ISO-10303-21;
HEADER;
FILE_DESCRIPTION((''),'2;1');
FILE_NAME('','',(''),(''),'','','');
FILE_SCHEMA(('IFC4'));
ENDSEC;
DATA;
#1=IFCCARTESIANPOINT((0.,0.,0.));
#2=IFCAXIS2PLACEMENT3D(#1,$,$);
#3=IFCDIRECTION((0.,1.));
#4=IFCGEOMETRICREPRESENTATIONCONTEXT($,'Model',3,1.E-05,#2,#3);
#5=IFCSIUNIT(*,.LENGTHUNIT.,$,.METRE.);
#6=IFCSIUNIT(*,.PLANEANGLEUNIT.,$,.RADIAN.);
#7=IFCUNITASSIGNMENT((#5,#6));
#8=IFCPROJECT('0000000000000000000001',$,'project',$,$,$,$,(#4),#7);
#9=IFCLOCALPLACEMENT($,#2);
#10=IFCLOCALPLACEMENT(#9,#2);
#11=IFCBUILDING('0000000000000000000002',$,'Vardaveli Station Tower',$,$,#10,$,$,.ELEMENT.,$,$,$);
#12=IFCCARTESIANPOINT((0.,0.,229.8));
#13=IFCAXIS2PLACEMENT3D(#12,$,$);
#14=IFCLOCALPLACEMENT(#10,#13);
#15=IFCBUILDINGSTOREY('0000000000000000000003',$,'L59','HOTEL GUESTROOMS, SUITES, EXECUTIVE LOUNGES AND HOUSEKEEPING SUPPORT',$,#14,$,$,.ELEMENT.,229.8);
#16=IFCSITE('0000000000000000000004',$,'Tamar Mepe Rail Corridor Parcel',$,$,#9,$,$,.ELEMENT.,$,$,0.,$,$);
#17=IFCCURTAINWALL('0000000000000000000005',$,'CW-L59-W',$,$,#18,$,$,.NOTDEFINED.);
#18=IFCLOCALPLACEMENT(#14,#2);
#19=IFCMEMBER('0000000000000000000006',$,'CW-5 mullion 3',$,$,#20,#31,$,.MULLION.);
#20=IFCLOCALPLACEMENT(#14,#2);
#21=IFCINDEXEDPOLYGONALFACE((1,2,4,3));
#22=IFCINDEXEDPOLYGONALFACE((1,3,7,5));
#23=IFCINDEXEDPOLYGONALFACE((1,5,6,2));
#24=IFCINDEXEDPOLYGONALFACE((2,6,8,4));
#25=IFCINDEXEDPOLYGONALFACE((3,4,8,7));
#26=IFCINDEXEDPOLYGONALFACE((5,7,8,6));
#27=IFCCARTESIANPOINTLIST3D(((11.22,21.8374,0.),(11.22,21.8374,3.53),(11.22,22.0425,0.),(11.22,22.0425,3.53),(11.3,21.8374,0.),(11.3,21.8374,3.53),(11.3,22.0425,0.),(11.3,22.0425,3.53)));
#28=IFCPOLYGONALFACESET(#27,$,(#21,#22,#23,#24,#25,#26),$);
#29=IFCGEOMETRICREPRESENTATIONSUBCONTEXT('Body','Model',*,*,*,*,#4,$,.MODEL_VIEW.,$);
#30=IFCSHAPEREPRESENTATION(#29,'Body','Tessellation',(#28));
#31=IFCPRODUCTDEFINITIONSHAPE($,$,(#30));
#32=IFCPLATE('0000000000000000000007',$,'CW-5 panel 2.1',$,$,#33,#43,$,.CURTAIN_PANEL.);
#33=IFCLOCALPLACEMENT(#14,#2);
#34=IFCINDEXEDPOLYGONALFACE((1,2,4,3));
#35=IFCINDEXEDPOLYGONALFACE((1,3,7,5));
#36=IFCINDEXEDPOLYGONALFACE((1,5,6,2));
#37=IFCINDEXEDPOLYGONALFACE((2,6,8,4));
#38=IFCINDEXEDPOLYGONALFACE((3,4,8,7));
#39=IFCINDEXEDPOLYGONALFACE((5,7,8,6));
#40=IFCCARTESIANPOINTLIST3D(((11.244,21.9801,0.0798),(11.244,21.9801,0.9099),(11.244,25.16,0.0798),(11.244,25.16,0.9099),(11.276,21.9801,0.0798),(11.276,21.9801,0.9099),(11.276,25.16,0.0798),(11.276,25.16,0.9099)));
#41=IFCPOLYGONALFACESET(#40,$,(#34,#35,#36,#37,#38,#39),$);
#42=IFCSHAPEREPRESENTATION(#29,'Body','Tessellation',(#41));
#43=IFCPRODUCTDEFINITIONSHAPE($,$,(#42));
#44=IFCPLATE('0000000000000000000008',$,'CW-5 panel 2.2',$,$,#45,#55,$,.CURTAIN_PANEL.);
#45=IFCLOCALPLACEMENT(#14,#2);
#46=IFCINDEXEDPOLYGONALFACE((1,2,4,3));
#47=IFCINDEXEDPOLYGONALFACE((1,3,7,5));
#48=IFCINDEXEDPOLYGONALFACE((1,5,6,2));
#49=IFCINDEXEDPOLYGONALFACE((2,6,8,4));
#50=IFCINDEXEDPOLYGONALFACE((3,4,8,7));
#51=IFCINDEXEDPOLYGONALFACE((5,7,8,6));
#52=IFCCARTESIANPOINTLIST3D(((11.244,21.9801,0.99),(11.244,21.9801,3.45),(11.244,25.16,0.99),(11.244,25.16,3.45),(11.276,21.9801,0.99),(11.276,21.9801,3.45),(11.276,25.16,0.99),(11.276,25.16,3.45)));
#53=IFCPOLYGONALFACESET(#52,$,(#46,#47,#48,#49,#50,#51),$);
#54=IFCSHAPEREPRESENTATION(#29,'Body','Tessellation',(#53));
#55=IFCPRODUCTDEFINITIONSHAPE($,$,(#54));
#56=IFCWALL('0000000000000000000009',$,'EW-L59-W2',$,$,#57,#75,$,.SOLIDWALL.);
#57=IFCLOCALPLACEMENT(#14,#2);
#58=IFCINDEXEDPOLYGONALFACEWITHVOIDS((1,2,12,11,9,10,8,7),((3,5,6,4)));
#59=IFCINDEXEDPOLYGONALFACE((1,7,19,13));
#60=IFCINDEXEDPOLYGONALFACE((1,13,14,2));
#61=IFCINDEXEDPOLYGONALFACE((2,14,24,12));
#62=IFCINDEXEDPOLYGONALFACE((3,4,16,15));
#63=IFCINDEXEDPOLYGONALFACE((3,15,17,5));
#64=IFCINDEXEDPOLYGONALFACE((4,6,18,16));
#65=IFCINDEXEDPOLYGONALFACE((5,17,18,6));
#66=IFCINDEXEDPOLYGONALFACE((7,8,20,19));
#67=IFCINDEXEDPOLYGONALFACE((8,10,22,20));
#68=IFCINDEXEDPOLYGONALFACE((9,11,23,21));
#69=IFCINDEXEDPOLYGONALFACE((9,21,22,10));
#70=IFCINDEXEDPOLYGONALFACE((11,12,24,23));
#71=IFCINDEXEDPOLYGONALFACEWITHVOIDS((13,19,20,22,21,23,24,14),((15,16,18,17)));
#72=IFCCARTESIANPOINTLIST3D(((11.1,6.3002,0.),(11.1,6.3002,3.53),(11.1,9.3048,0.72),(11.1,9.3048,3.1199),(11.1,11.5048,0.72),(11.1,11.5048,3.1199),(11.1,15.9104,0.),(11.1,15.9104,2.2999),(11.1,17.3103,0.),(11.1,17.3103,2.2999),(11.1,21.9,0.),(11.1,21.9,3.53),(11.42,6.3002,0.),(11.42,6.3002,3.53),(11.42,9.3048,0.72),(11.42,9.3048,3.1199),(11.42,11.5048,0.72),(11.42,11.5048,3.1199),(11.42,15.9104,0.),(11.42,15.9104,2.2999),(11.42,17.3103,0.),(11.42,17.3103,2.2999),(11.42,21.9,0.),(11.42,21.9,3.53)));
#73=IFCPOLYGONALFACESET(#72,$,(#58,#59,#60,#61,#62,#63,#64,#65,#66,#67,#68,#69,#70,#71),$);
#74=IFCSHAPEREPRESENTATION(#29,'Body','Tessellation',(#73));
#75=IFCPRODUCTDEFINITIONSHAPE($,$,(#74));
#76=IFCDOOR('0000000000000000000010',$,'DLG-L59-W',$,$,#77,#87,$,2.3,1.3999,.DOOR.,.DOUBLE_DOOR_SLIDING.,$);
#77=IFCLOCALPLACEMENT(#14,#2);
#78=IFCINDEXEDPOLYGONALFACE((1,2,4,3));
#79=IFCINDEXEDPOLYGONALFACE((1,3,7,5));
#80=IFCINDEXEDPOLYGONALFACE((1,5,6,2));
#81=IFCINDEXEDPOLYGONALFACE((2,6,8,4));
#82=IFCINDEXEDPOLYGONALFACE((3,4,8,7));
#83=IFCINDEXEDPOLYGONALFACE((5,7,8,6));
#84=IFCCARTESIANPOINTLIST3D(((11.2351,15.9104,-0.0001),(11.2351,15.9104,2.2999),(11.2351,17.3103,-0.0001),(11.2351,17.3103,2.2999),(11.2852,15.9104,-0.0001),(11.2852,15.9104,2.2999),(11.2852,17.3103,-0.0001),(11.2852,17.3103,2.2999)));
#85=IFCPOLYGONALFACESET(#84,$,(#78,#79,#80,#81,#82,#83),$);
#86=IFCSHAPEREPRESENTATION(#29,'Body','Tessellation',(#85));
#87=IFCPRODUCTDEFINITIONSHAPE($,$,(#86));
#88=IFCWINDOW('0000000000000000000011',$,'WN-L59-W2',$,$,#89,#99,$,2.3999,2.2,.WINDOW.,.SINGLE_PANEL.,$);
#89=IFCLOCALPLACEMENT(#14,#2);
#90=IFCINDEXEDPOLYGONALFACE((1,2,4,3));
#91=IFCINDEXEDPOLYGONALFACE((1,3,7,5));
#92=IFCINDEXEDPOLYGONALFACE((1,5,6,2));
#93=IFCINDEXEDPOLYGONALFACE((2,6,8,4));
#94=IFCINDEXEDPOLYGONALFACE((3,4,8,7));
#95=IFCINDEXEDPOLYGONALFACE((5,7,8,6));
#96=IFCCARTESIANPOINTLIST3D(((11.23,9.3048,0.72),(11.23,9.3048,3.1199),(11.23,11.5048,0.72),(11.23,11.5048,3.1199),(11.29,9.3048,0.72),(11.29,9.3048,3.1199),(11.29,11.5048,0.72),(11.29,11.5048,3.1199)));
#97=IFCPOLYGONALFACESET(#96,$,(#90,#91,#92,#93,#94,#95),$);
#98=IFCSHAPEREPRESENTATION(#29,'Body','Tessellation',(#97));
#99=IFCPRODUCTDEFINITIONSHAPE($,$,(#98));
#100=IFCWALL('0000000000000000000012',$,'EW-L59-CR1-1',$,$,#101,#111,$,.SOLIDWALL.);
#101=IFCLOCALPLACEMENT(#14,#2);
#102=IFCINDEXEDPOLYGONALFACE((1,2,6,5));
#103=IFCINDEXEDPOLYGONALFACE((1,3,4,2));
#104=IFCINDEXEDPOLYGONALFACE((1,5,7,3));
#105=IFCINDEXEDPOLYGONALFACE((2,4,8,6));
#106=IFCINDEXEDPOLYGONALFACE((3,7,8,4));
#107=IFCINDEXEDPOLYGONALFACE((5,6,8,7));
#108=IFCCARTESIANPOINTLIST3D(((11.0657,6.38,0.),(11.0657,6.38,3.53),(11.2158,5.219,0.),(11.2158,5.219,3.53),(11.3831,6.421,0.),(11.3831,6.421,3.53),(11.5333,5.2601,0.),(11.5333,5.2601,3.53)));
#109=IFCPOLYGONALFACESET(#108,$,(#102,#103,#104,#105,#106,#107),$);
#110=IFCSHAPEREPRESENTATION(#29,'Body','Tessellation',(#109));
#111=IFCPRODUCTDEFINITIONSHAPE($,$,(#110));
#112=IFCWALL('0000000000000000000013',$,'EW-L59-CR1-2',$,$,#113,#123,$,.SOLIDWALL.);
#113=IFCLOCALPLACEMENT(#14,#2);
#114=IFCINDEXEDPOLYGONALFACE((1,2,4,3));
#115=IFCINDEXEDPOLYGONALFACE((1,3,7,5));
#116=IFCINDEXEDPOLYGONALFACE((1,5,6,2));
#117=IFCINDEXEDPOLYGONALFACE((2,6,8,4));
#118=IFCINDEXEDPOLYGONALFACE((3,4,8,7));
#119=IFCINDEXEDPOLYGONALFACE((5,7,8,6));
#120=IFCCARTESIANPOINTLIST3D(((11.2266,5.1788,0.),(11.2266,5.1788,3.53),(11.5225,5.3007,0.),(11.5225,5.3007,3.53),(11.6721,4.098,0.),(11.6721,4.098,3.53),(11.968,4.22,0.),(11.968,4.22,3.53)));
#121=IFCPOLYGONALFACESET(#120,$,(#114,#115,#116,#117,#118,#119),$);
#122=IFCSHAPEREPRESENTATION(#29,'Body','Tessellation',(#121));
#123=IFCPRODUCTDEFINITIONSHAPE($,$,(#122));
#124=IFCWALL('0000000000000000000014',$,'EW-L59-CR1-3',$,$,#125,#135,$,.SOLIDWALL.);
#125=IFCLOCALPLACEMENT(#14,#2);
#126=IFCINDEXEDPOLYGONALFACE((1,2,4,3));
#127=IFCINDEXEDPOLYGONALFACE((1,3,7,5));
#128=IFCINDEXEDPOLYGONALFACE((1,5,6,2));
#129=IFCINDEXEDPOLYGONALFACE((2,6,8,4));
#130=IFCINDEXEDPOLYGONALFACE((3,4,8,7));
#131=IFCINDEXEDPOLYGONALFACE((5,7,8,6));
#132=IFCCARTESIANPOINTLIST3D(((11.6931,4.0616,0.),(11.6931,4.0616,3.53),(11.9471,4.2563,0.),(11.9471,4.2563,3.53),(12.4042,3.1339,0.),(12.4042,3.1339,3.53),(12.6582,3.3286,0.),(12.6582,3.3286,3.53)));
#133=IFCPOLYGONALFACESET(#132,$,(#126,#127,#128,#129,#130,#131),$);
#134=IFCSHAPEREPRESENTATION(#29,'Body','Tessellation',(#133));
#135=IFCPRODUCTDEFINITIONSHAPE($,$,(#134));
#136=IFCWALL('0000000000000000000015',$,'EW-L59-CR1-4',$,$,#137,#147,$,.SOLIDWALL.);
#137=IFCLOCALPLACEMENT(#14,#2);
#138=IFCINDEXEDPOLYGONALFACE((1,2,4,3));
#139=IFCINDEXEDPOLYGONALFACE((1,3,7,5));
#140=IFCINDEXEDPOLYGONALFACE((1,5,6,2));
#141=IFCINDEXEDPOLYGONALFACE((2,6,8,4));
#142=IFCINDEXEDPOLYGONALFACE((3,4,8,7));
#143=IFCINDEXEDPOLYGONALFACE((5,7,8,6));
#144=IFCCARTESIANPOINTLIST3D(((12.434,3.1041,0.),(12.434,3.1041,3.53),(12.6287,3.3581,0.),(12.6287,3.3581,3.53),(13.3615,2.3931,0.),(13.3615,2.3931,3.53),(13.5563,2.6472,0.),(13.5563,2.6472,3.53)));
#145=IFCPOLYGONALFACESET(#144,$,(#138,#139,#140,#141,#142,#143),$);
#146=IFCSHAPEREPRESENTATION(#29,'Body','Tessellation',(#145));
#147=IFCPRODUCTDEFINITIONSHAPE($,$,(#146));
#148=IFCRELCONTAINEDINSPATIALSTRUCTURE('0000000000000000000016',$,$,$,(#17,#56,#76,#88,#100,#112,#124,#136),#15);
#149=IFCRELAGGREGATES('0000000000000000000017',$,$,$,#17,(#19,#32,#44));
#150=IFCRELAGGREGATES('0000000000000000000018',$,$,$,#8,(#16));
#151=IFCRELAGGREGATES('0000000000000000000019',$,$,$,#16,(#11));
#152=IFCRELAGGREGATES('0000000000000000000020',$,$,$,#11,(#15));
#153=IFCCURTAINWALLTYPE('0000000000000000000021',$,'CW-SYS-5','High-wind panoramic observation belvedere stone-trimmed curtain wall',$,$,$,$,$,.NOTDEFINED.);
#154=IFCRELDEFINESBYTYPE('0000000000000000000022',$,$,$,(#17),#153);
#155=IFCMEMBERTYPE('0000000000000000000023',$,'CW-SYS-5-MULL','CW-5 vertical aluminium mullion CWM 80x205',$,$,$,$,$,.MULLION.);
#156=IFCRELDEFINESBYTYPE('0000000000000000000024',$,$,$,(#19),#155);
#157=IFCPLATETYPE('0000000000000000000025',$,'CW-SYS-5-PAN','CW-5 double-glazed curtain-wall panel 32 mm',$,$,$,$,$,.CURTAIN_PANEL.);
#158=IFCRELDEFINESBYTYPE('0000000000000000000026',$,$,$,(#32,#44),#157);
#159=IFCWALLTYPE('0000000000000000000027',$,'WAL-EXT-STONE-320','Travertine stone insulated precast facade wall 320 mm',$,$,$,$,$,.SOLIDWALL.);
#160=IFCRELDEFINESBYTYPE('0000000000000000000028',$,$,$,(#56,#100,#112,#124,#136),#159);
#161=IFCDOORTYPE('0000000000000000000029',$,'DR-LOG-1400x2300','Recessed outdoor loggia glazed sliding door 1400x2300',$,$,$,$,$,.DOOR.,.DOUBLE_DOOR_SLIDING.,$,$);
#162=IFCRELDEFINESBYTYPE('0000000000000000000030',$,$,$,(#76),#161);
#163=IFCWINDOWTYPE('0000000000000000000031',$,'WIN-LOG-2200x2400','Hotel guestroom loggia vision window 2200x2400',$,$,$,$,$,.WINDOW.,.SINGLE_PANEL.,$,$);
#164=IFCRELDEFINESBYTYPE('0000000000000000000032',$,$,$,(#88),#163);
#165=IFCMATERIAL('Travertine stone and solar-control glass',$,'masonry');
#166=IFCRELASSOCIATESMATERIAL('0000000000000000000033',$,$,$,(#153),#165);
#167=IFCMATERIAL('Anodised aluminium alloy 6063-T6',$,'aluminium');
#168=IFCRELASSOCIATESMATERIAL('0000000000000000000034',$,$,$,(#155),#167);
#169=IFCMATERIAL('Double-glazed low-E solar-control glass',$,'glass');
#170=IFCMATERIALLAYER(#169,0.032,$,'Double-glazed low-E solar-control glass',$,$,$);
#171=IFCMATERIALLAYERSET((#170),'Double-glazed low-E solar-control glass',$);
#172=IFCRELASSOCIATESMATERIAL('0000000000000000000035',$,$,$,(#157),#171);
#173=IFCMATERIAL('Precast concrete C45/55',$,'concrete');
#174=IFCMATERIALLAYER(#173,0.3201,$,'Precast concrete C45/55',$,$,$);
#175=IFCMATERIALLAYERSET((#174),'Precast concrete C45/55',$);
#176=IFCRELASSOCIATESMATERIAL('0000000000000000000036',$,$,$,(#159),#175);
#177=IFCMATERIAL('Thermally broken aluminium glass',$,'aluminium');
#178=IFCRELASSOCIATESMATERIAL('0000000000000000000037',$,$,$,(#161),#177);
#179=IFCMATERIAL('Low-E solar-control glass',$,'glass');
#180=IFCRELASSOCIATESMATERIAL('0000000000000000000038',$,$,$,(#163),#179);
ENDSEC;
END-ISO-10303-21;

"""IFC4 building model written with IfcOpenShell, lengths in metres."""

from ifc_helpers import new_model, si_unit, direction, frame, frame_2d, origin, origin_2d, place, context, subcontext, project, spatial, rectangle, extrude, source, transform, mapped, material, layer, layer_set, material_profile, profile_set, type_object, element, fill, aggregate, save


model = new_model("IFC4")

# Units and contexts
model_context = context("Model", 3, precision=1e-05, world=origin(), true_north=direction((0.0, 1.0)))
body_context = subcontext(model_context, "Body", "Model", "MODEL_VIEW")
ifc_project = project(units=[si_unit("LENGTHUNIT", "METRE"), si_unit("PLANEANGLEUNIT", "RADIAN")], contexts=[model_context])

# Site, building, storey
site_placement = place(None, origin())
site = spatial("IfcSite", under=ifc_project, at=site_placement, Name="Tamar Mepe Rail Corridor Parcel", CompositionType="ELEMENT", RefElevation=0.0)
building_placement = place(site_placement, origin())
building = spatial("IfcBuilding", under=site, at=building_placement, Name="Vardaveli Station Tower", CompositionType="ELEMENT")
storey_placement = place(building_placement, frame((0.0, 0.0, 229.8)))
storey = spatial("IfcBuildingStorey", under=building, at=storey_placement, Name="L59", Description="HOTEL GUESTROOMS, SUITES, EXECUTIVE LOUNGES AND HOUSEKEEPING SUPPORT", CompositionType="ELEMENT", Elevation=229.8)

# Shared definitions
ifc_material_1 = material(Name="Precast concrete C45/55", Category="concrete")

# Curtain wall, member, plates
ifc_material_2 = material(Name="Travertine stone and solar-control glass", Category="masonry")
curtain_wall_type = type_object("IfcCurtainWallType", Name="CW-SYS-5", Description="High-wind panoramic observation belvedere stone-trimmed curtain wall", PredefinedType="NOTDEFINED", material=ifc_material_2)
curtain_wall_placement = place(storey_placement, origin())
curtain_wall = element("IfcCurtainWall", 1, at=curtain_wall_placement, inside=storey, type_object=curtain_wall_type, Name="CW-L59-W", PredefinedType="NOTDEFINED")
ifc_material_3 = material(Name="Anodised aluminium alloy 6063-T6", Category="aluminium")
ifc_material_profile_1 = material_profile(ifc_material_3, rectangle(XDim=0.0801, YDim=0.2051, at=origin_2d()), Name="CWM 80x205")
ifc_profile_set_1 = profile_set([ifc_material_profile_1], Name="Anodised aluminium alloy 6063-T6")
member_type = type_object("IfcMemberType", Name="CW-SYS-5-MULL", Description="CW-5 vertical aluminium mullion CWM 80x205", PredefinedType="MULLION", material=ifc_profile_set_1)
shared_shape_1 = source(origin(), body_context, "Body", "SweptSolid", [
    extrude(rectangle(XDim=0.0801, YDim=0.2051, at=origin_2d()), origin(), (0.0, 0.0, 1.0), 3.53),
])
member_placement = place(storey_placement, frame((11.26, 21.9399, 0.0), z_axis=(0.0, 0.0, 1.0), x_axis=(1.0, 0.0, 0.0)))
member = element("IfcMember", 2, at=member_placement, type_object=member_type, Name="CW-5 mullion 3", PredefinedType="MULLION", context=body_context, shape_type="MappedRepresentation", body=[
    mapped(shared_shape_1, transform((0.0, 0.0, 0.0), scale=1.0)),
])
ifc_material_4 = material(Name="Double-glazed low-E solar-control glass", Category="glass")
ifc_layer_1 = layer(ifc_material_4, 0.032, Name="Double-glazed low-E solar-control glass")
ifc_layer_set_1 = layer_set([ifc_layer_1], Name="Double-glazed low-E solar-control glass")
plate_type = type_object("IfcPlateType", Name="CW-SYS-5-PAN", Description="CW-5 double-glazed curtain-wall panel 32 mm", PredefinedType="CURTAIN_PANEL", material=ifc_layer_set_1)
shared_shape_2 = source(origin(), body_context, "Body", "SweptSolid", [
    extrude(rectangle(XDim=3.1799, YDim=0.032, at=origin_2d()), origin(), (0.0, 0.0, 1.0), 0.8301),
])
plate_1_placement = place(storey_placement, frame((11.26, 23.5701, 0.0798), z_axis=(0.0, 0.0, 1.0), x_axis=(0.0, -1.0, 0.0)))
plate_1 = element("IfcPlate", 3, at=plate_1_placement, type_object=plate_type, Name="CW-5 panel 2.1", PredefinedType="CURTAIN_PANEL", context=body_context, shape_type="MappedRepresentation", body=[
    mapped(shared_shape_2, transform((0.0, 0.0, 0.0), scale=1.0)),
])
shared_shape_3 = source(origin(), body_context, "Body", "SweptSolid", [
    extrude(rectangle(XDim=3.1799, YDim=0.032, at=origin_2d()), origin(), (0.0, 0.0, 1.0), 2.46),
])
plate_2_placement = place(storey_placement, frame((11.26, 23.5701, 0.99), z_axis=(0.0, 0.0, 1.0), x_axis=(0.0, -1.0, 0.0)))
plate_2 = element("IfcPlate", 4, at=plate_2_placement, type_object=plate_type, Name="CW-5 panel 2.2", PredefinedType="CURTAIN_PANEL", context=body_context, shape_type="MappedRepresentation", body=[
    mapped(shared_shape_3, transform((0.0, 0.0, 0.0), scale=1.0)),
])
aggregate(curtain_wall, [member, plate_1, plate_2])

# Wall, openings, door, window
ifc_layer_2 = layer(ifc_material_1, 0.3201, Name="Precast concrete C45/55")
ifc_layer_set_2 = layer_set([ifc_layer_2], Name="Precast concrete C45/55")
wall_type_1 = type_object("IfcWallType", Name="WAL-EXT-STONE-320", Description="Travertine stone insulated precast facade wall 320 mm", PredefinedType="SOLIDWALL", material=ifc_layer_set_2)
shared_shape_4 = source(origin(), body_context, "Body", "SweptSolid", [
    extrude(rectangle(XDim=15.5999, YDim=0.3201, at=frame_2d((7.7998, 0.0))), origin(), (0.0, 0.0, 1.0), 3.53),
])
wall_1_placement = place(storey_placement, frame((11.26, 21.8999, 0.0), z_axis=(0.0, 0.0, 1.0), x_axis=(0.0, -1.0, 0.0)))
wall_1 = element("IfcWall", 5, at=wall_1_placement, inside=storey, type_object=wall_type_1, Name="EW-L59-W2", PredefinedType="SOLIDWALL", context=body_context, shape_type="MappedRepresentation", body=[
    mapped(shared_shape_4, transform((0.0, 0.0, 0.0), scale=1.0)),
])
shared_shape_5 = source(origin(), body_context, "Body", "SweptSolid", [
    extrude(rectangle(XDim=1.3999, YDim=2.3, at=frame_2d((0.7, 1.1499))), frame((0.0, 0.1699, 0.0), z_axis=(0.0, -1.0, 0.0), x_axis=(1.0, 0.0, 0.0)), (0.0, 0.0, 1.0), 0.3401),
])
opening_1_placement = place(wall_1_placement, frame((4.5896, 0.0, 0.0)))
opening_1 = element("IfcOpeningElement", 6, at=opening_1_placement, cuts=wall_1, PredefinedType="OPENING", context=body_context, shape_type="MappedRepresentation", body=[
    mapped(shared_shape_5, transform((0.0, 0.0, 0.0), scale=1.0)),
])
shared_shape_6 = source(origin(), body_context, "Body", "SweptSolid", [
    extrude(rectangle(XDim=2.2, YDim=2.3999, at=frame_2d((1.1001, 1.2))), frame((0.0, 0.1699, 0.0), z_axis=(0.0, -1.0, 0.0), x_axis=(1.0, 0.0, 0.0)), (0.0, 0.0, 1.0), 0.3401),
])
opening_2_placement = place(wall_1_placement, frame((10.395, 0.0, 0.72)))
opening_2 = element("IfcOpeningElement", 7, at=opening_2_placement, cuts=wall_1, PredefinedType="OPENING", context=body_context, shape_type="MappedRepresentation", body=[
    mapped(shared_shape_6, transform((0.0, 0.0, 0.0), scale=1.0)),
])
ifc_material_5 = material(Name="Thermally broken aluminium glass", Category="aluminium")
door_type_1 = type_object("IfcDoorType", Name="DR-LOG-1400x2300", Description="Recessed outdoor loggia glazed sliding door 1400x2300", OperationType="DOUBLE_DOOR_SLIDING", PredefinedType="DOOR", material=ifc_material_5)
shared_shape_7 = source(origin(), body_context, "Body", "SweptSolid", [
    extrude(rectangle(XDim=1.3999, YDim=2.3, at=frame_2d((0.7, 1.1499))), frame((0.0, 0.0249, 0.0), z_axis=(0.0, -1.0, 0.0), x_axis=(1.0, 0.0, 0.0)), (0.0, 0.0, 1.0), 0.05),
])
door_1_placement = place(opening_1_placement, frame((1.3999, 0.0, 0.0), z_axis=(0.0, 0.0, 1.0), x_axis=(-1.0, 0.0, 0.0)))
door_1 = element("IfcDoor", 8, at=door_1_placement, inside=storey, type_object=door_type_1, Name="DLG-L59-W", OperationType="DOUBLE_DOOR_SLIDING", OverallHeight=2.3, OverallWidth=1.3999, PredefinedType="DOOR", context=body_context, shape_type="MappedRepresentation", body=[
    mapped(shared_shape_7, transform((0.0, 0.0, 0.0), scale=1.0)),
])
fill(opening_1, door_1)
ifc_material_6 = material(Name="Low-E solar-control glass", Category="glass")
window_type = type_object("IfcWindowType", Name="WIN-LOG-2200x2400", Description="Hotel guestroom loggia vision window 2200x2400", PartitioningType="SINGLE_PANEL", PredefinedType="WINDOW", material=ifc_material_6)
shared_shape_8 = source(origin(), body_context, "Body", "SweptSolid", [
    extrude(rectangle(XDim=2.2, YDim=2.3999, at=frame_2d((1.1001, 1.2))), frame((0.0, 0.03, 0.0), z_axis=(0.0, -1.0, 0.0), x_axis=(1.0, 0.0, 0.0)), (0.0, 0.0, 1.0), 0.0601),
])
window_placement = place(opening_2_placement, origin())
window = element("IfcWindow", 9, at=window_placement, inside=storey, type_object=window_type, Name="WN-L59-W2", OverallHeight=2.3999, OverallWidth=2.2, PartitioningType="SINGLE_PANEL", PredefinedType="WINDOW", context=body_context, shape_type="MappedRepresentation", body=[
    mapped(shared_shape_8, transform((0.0, 0.0, 0.0), scale=1.0)),
])
fill(opening_2, window)

# Walls
shared_shape_9 = source(origin(), body_context, "Body", "SweptSolid", [
    extrude(rectangle(XDim=1.1707, YDim=0.3201, at=frame_2d((0.5854, 0.0))), origin(), (0.0, 0.0, 1.0), 3.53),
])
wall_2_placement = place(storey_placement, frame((11.2244, 6.4006, 0.0), z_axis=(0.0, 0.0, 1.0), x_axis=(0.128269, -0.991739, 0.0)))
element("IfcWall", 10, at=wall_2_placement, inside=storey, type_object=wall_type_1, Name="EW-L59-CR1-1", PredefinedType="SOLIDWALL", context=body_context, shape_type="MappedRepresentation", body=[
    mapped(shared_shape_9, transform((0.0, 0.0, 0.0), scale=1.0)),
])
shared_shape_10 = source(origin(), body_context, "Body", "SweptSolid", [
    extrude(rectangle(XDim=1.1689, YDim=0.3201, at=frame_2d((0.5845, 0.0))), origin(), (0.0, 0.0, 1.0), 3.53),
])
for number, where, z_axis, x_axis, name in (
    (11, (11.3745, 5.2397, 0.0), (0.0, 0.0, 1.0), (0.381128, -0.924522, 0.0), "EW-L59-CR1-2"),
    (12, (11.8201, 4.1589, 0.0), (0.0, 0.0, 1.0), (0.608388, -0.79364, 0.0), "EW-L59-CR1-3"),
):
    element("IfcWall", number, at=place(storey_placement, frame(where, z_axis=z_axis, x_axis=x_axis)), inside=storey, type_object=wall_type_1, Name=name, PredefinedType="SOLIDWALL", context=body_context, shape_type="MappedRepresentation", body=[
        mapped(shared_shape_10, transform((0.0, 0.0, 0.0), scale=1.0)),
    ])
shared_shape_11 = source(origin(), body_context, "Body", "SweptSolid", [
    extrude(rectangle(XDim=1.1687, YDim=0.3201, at=frame_2d((0.5845, 0.0))), origin(), (0.0, 0.0, 1.0), 3.53),
])
wall_3_placement = place(storey_placement, frame((12.5312, 3.2312, 0.0), z_axis=(0.0, 0.0, 1.0), x_axis=(0.793664, -0.608357, 0.0)))
element("IfcWall", 13, at=wall_3_placement, inside=storey, type_object=wall_type_1, Name="EW-L59-CR1-4", PredefinedType="SOLIDWALL", context=body_context, shape_type="MappedRepresentation", body=[
    mapped(shared_shape_11, transform((0.0, 0.0, 0.0), scale=1.0)),
])

save(model, "model.ifc")
